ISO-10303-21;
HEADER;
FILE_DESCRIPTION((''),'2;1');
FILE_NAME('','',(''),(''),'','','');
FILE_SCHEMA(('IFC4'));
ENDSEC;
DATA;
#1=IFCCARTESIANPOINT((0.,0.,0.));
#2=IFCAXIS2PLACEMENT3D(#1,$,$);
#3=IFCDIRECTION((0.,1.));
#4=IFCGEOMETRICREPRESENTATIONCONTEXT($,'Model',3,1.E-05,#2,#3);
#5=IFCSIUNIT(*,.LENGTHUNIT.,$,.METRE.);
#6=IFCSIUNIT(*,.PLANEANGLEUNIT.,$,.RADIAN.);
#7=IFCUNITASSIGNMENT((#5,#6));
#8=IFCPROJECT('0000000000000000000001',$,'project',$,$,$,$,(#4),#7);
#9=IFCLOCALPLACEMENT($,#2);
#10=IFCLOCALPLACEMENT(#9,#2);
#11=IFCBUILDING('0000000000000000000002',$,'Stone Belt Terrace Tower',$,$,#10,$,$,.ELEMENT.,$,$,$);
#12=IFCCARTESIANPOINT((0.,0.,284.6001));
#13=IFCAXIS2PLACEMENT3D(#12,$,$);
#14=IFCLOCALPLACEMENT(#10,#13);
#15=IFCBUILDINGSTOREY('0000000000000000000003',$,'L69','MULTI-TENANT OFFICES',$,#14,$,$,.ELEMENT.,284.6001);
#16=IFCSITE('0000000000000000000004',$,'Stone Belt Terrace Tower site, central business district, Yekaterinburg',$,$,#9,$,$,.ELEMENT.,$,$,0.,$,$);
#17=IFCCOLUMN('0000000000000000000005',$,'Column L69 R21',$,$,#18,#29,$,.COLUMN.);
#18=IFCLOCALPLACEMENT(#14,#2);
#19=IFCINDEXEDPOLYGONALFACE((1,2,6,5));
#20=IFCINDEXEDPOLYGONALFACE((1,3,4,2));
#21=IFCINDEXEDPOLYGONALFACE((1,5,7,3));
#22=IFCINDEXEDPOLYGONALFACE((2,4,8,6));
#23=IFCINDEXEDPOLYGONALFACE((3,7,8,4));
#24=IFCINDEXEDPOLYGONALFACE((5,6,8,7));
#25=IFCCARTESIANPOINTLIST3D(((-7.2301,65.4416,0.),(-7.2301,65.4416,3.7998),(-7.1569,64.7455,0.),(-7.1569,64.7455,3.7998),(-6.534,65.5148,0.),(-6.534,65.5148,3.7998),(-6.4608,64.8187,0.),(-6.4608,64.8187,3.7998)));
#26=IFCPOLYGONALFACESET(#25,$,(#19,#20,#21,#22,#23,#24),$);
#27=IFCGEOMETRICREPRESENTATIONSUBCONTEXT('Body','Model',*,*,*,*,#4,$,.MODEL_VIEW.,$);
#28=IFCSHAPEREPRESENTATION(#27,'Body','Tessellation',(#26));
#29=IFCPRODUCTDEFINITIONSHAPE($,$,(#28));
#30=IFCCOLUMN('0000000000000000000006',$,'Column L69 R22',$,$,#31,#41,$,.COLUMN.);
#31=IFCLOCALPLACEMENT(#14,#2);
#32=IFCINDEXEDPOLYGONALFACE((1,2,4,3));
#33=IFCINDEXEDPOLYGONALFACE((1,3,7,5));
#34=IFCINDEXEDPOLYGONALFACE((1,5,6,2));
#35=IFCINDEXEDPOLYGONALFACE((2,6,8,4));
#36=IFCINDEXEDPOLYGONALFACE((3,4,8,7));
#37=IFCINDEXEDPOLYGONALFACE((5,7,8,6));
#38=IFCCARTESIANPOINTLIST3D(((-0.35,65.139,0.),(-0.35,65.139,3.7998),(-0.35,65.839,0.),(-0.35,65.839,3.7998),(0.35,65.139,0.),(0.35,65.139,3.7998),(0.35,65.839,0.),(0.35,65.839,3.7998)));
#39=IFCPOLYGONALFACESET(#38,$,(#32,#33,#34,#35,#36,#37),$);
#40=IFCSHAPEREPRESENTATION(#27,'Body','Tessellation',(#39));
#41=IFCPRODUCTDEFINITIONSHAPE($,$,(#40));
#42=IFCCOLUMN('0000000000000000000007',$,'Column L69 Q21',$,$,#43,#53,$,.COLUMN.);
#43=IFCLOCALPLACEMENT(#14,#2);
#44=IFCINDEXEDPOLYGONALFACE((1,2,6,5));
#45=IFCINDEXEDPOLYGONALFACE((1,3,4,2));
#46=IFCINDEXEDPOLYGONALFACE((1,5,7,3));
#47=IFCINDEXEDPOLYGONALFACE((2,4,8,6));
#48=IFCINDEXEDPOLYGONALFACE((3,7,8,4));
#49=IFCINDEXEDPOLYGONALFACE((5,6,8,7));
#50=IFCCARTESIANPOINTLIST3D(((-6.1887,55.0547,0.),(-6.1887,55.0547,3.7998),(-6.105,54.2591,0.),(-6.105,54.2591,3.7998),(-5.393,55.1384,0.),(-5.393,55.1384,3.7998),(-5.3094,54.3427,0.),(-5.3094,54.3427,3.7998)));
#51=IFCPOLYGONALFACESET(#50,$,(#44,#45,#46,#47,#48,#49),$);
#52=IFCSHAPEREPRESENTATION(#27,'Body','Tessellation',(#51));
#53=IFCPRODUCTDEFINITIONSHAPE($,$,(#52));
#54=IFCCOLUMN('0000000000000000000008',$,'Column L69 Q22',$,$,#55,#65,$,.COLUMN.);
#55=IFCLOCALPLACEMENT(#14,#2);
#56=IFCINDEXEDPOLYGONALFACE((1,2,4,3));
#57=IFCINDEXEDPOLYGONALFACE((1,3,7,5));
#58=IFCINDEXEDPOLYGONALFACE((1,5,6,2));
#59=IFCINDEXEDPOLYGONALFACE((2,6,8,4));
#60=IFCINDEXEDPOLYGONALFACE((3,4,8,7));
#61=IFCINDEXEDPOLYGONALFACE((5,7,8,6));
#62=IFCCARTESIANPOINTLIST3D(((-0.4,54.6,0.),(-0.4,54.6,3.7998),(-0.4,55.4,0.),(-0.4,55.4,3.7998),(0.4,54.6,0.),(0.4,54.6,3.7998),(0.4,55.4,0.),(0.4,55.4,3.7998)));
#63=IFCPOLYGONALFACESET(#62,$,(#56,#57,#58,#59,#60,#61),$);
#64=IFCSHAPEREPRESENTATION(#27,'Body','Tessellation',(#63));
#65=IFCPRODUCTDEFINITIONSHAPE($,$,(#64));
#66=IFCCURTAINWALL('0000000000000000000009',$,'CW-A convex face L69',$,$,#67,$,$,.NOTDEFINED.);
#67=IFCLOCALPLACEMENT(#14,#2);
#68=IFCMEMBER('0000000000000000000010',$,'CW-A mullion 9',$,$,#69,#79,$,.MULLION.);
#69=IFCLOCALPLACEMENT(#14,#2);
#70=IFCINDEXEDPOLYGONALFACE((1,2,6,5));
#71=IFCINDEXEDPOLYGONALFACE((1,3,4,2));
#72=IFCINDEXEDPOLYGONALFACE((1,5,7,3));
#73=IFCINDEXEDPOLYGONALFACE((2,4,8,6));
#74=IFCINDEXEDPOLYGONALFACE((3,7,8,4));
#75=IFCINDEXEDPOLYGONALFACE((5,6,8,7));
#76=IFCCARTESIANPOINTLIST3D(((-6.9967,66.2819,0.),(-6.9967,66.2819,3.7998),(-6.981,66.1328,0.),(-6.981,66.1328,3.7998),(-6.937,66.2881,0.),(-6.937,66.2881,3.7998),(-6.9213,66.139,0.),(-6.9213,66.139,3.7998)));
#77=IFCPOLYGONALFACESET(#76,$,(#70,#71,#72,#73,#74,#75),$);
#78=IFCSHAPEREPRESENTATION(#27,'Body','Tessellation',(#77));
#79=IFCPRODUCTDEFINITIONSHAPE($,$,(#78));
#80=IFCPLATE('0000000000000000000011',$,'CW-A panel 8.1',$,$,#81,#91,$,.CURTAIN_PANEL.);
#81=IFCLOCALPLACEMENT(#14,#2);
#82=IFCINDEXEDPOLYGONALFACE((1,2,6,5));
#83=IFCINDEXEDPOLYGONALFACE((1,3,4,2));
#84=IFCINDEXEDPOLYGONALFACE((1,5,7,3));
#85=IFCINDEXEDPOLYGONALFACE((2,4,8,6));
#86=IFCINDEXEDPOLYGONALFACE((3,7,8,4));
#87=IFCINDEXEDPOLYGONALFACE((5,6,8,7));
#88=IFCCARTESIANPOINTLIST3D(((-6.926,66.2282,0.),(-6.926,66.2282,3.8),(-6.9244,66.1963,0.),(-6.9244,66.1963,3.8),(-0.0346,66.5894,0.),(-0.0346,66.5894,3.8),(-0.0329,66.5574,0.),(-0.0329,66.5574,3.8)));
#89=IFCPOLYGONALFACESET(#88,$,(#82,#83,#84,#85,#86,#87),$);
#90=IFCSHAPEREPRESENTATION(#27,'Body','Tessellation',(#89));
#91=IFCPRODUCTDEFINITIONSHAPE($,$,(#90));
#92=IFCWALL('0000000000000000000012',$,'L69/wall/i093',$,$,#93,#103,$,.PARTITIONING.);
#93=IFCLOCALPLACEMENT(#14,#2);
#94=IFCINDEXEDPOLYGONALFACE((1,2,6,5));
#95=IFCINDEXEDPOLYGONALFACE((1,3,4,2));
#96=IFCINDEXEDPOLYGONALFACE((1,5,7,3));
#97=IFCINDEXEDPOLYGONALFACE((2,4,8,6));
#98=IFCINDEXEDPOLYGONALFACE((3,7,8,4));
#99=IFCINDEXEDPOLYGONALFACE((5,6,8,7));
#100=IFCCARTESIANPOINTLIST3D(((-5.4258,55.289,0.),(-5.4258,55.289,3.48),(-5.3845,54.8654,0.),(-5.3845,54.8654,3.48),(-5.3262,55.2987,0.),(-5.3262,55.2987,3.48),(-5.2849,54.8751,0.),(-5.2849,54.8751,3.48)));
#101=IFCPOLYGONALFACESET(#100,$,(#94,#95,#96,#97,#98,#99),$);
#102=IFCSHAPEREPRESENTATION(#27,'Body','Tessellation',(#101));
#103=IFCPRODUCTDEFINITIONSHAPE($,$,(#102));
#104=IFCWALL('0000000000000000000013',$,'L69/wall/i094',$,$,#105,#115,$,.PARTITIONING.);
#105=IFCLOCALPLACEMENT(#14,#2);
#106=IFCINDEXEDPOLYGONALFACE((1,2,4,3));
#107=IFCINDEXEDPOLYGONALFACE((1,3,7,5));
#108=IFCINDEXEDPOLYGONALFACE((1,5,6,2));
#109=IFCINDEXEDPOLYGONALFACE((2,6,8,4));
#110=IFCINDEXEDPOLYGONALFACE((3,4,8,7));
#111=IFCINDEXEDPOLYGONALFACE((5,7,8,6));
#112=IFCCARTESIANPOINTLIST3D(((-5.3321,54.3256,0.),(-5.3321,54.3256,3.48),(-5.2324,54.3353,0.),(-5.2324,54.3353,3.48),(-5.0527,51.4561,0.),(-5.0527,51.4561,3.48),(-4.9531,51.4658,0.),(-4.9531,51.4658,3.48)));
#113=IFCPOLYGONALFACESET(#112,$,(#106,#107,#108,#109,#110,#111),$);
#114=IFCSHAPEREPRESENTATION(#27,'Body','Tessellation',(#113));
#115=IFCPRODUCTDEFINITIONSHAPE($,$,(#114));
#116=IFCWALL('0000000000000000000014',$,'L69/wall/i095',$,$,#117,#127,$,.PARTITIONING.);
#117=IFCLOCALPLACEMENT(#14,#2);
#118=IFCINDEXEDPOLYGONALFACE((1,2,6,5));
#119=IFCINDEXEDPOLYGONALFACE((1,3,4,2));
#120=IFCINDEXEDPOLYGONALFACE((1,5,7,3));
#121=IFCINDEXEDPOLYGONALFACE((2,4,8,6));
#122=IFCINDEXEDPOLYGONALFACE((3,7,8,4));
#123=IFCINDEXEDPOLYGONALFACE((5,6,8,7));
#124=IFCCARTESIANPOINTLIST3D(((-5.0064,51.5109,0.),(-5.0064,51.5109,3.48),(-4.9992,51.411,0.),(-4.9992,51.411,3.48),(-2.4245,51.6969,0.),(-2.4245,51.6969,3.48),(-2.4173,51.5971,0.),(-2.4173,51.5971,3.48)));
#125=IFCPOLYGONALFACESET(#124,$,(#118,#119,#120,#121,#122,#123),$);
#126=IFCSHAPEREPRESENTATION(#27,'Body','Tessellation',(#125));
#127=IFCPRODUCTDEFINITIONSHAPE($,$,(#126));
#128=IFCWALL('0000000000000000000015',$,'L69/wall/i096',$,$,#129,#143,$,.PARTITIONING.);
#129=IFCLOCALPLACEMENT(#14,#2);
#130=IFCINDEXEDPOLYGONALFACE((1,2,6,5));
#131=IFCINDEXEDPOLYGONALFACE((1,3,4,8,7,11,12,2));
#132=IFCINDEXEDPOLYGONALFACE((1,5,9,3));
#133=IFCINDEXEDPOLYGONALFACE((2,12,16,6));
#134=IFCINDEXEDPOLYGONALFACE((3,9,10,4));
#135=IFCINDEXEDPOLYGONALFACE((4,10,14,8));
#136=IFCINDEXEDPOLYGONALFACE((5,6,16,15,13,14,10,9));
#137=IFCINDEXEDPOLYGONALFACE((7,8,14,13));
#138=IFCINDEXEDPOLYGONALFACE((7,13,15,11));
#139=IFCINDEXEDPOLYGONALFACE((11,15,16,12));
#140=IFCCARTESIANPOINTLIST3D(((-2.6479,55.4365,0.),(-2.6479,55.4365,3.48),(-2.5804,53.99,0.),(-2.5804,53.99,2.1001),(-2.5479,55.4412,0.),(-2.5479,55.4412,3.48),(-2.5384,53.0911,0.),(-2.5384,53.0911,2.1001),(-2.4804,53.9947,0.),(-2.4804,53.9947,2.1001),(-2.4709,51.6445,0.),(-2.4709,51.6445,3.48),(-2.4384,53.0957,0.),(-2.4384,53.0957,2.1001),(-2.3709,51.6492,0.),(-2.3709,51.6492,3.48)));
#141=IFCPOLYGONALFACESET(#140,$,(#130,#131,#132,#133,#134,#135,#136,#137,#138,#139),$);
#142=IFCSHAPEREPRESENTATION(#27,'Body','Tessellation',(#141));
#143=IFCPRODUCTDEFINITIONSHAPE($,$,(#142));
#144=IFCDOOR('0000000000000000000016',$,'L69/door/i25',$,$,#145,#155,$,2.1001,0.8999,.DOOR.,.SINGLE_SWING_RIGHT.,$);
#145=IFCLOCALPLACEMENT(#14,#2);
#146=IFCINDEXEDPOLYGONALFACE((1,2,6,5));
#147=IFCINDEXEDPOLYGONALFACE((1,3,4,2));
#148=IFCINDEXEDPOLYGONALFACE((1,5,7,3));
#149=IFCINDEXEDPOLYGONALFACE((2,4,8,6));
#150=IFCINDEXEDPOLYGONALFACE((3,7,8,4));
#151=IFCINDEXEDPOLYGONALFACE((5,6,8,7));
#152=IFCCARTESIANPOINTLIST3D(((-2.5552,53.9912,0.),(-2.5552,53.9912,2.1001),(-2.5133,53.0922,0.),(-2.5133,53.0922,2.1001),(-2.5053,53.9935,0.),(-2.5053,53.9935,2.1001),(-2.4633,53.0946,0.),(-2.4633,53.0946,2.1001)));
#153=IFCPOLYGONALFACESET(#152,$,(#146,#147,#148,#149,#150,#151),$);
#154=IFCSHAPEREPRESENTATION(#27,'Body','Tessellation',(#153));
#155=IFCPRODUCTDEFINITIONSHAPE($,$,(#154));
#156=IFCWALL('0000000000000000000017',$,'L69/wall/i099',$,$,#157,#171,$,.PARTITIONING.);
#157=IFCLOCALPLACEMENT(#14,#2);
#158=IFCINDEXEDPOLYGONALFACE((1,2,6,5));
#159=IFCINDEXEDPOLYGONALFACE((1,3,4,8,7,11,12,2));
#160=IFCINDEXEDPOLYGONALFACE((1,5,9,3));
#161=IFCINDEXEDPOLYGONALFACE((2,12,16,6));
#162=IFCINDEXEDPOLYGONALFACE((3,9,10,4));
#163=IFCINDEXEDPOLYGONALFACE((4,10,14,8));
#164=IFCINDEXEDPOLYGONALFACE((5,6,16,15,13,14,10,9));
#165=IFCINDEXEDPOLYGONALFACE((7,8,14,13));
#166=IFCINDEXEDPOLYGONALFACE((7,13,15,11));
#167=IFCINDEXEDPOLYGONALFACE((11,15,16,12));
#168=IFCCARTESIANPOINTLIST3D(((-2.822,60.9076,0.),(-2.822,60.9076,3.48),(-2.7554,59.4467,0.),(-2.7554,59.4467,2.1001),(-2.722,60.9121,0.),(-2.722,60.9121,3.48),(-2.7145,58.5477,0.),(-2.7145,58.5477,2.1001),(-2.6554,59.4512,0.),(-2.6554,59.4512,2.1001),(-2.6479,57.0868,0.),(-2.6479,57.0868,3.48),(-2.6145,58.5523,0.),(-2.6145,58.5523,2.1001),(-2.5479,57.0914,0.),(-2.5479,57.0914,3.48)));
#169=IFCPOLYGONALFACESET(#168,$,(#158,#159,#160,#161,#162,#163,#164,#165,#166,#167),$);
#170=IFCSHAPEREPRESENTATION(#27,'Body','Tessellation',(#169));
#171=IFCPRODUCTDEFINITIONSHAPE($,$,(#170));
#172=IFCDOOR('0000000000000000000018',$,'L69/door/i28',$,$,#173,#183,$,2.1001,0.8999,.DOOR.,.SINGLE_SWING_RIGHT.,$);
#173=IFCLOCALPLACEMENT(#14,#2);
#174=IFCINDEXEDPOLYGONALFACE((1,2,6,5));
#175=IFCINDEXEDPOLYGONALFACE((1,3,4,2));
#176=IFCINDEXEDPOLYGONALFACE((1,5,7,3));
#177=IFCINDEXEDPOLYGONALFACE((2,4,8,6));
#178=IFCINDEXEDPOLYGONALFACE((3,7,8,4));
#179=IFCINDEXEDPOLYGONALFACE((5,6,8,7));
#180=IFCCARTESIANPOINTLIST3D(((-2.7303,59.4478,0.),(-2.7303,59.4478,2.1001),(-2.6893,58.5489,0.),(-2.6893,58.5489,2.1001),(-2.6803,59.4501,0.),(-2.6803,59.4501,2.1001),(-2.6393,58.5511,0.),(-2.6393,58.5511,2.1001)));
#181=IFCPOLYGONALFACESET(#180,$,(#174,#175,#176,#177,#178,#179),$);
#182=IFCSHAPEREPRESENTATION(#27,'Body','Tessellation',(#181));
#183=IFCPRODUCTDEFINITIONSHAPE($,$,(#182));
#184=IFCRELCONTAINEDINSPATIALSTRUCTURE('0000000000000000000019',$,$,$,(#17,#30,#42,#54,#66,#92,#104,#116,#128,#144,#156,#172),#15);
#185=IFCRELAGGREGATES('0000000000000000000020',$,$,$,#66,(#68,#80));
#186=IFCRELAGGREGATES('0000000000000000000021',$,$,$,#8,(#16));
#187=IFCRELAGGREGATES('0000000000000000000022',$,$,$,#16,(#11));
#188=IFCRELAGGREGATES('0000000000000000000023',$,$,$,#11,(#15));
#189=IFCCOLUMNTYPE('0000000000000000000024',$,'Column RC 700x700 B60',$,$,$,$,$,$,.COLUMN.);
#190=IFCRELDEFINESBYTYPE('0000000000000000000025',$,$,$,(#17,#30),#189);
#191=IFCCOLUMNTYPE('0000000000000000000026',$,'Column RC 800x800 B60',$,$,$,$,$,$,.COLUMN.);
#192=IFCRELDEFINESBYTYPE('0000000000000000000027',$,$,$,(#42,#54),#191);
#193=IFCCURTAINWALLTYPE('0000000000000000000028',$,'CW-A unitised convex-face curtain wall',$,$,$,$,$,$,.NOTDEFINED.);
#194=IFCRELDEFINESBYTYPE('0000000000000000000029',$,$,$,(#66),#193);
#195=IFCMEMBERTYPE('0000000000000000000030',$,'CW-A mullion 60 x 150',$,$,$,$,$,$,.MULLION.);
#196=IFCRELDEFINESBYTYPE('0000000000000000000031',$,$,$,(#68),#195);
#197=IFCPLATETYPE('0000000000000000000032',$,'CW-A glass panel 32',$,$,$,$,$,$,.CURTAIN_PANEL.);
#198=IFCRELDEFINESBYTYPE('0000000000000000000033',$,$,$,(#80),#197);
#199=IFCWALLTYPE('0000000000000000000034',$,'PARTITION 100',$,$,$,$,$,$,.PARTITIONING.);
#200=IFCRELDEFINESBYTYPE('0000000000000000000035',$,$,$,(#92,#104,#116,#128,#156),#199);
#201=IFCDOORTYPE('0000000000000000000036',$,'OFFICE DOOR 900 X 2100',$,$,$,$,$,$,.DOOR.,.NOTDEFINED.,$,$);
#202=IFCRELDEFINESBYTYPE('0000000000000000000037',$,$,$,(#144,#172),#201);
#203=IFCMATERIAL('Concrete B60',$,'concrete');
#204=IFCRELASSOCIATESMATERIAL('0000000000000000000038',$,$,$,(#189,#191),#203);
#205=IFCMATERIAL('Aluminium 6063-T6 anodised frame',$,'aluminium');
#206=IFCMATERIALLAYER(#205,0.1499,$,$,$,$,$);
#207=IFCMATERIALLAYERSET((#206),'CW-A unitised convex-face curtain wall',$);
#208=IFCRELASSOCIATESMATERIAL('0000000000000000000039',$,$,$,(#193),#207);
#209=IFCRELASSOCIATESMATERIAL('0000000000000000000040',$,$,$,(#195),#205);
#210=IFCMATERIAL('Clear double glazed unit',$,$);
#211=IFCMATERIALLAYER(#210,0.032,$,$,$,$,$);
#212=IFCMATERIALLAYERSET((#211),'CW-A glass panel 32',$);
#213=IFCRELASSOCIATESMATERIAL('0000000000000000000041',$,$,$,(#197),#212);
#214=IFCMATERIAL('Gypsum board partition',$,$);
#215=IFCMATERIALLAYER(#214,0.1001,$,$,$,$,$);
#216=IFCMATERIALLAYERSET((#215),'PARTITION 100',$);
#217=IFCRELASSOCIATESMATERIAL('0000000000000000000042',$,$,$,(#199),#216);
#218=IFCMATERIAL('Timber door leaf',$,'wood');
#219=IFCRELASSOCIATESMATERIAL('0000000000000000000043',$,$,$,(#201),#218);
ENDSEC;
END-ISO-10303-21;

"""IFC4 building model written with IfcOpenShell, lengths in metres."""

from ifc_helpers import new_model, si_unit, direction, frame, frame_2d, origin, origin_2d, place, context, subcontext, project, spatial, rectangle, extrude, material, layer, layer_set, material_profile, profile_set, type_object, element, fill, aggregate, save


model = new_model("IFC4")

# Units and contexts
model_context = context("Model", 3, precision=1e-05, world=origin(), true_north=direction((0.0, 1.0)))
body_context = subcontext(model_context, "Body", "Model", "MODEL_VIEW")
ifc_project = project(units=[si_unit("LENGTHUNIT", "METRE"), si_unit("PLANEANGLEUNIT", "RADIAN")], contexts=[model_context])

# Site, building, storey
site_placement = place(None, origin())
site = spatial("IfcSite", under=ifc_project, at=site_placement, Name="Stone Belt Terrace Tower site, central business district, Yekaterinburg", CompositionType="ELEMENT", RefElevation=0.0)
building_placement = place(site_placement, origin())
building = spatial("IfcBuilding", under=site, at=building_placement, Name="Stone Belt Terrace Tower", CompositionType="ELEMENT")
storey_placement = place(building_placement, frame((0.0, 0.0, 284.6001)))
storey = spatial("IfcBuildingStorey", under=building, at=storey_placement, Name="L69", Description="MULTI-TENANT OFFICES", CompositionType="ELEMENT", Elevation=284.6001)

# Columns
ifc_material_1 = material(Name="Concrete B60", Category="concrete")
ifc_material_profile_1 = material_profile(ifc_material_1, rectangle(XDim=0.7, YDim=0.7, at=origin_2d()), Name="RC 700x700")
ifc_profile_set_1 = profile_set([ifc_material_profile_1], Name="Concrete B60")
column_type_1 = type_object("IfcColumnType", Name="Column RC 700x700 B60", PredefinedType="COLUMN", material=ifc_profile_set_1)
for number, where, z_axis, x_axis, name in (
    (1, (-6.8455, 65.1301, 0.0), (0.0, 0.0, 1.0), (0.994522, 0.104528, 0.0), "Column L69 R21"),
    (2, (0.0, 65.489, 0.0), (0.0, 0.0, 1.0), (1.0, 0.0, 0.0), "Column L69 R22"),
):
    element("IfcColumn", number, at=place(storey_placement, frame(where, z_axis=z_axis, x_axis=x_axis)), inside=storey, type_object=column_type_1, Name=name, PredefinedType="COLUMN", context=body_context, shape_type="SweptSolid", body=[
        extrude(rectangle(XDim=0.7, YDim=0.7, at=origin_2d()), origin(), (0.0, 0.0, 1.0), 3.7998),
    ])
ifc_material_profile_2 = material_profile(ifc_material_1, rectangle(XDim=0.8, YDim=0.8, at=origin_2d()), Name="RC 800x800")
ifc_profile_set_2 = profile_set([ifc_material_profile_2], Name="Concrete B60")
column_type_2 = type_object("IfcColumnType", Name="Column RC 800x800 B60", PredefinedType="COLUMN", material=ifc_profile_set_2)
for number, where, z_axis, x_axis, name in (
    (3, (-5.749, 54.6987, 0.0), (0.0, 0.0, 1.0), (0.994522, 0.104528, 0.0), "Column L69 Q21"),
    (4, (0.0, 55.0, 0.0), (0.0, 0.0, 1.0), (1.0, 0.0, 0.0), "Column L69 Q22"),
):
    element("IfcColumn", number, at=place(storey_placement, frame(where, z_axis=z_axis, x_axis=x_axis)), inside=storey, type_object=column_type_2, Name=name, PredefinedType="COLUMN", context=body_context, shape_type="SweptSolid", body=[
        extrude(rectangle(XDim=0.8, YDim=0.8, at=origin_2d()), origin(), (0.0, 0.0, 1.0), 3.7998),
    ])

# Curtain wall, member, plate
ifc_material_2 = material(Name="Aluminium 6063-T6 anodised frame", Category="aluminium")
ifc_layer_1 = layer(ifc_material_2, 0.1499)
ifc_layer_set_1 = layer_set([ifc_layer_1], Name="CW-A unitised convex-face curtain wall")
curtain_wall_type = type_object("IfcCurtainWallType", Name="CW-A unitised convex-face curtain wall", PredefinedType="NOTDEFINED", material=ifc_layer_set_1)
curtain_wall_placement = place(storey_placement, origin())
curtain_wall = element("IfcCurtainWall", 5, at=curtain_wall_placement, inside=storey, type_object=curtain_wall_type, Name="CW-A convex face L69", PredefinedType="NOTDEFINED")
ifc_material_profile_3 = material_profile(ifc_material_2, rectangle(XDim=0.1499, YDim=0.0601, at=origin_2d()), Name="Aluminium 6063-T6 60x150")
ifc_profile_set_3 = profile_set([ifc_material_profile_3], Name="Aluminium 6063-T6 anodised frame")
member_type = type_object("IfcMemberType", Name="CW-A mullion 60 x 150", PredefinedType="MULLION", material=ifc_profile_set_3)
member_placement = place(storey_placement, frame((-6.959, 66.2104, 0.0), z_axis=(0.0, 0.0, 1.0), x_axis=(0.104528, -0.994522, 0.0)))
member = element("IfcMember", 6, at=member_placement, type_object=member_type, Name="CW-A mullion 9", PredefinedType="MULLION", context=body_context, shape_type="SweptSolid", body=[
    extrude(rectangle(XDim=0.1499, YDim=0.0601, at=origin_2d()), origin(), (0.0, 0.0, 1.0), 3.7998),
])
ifc_material_3 = material(Name="Clear double glazed unit")
ifc_layer_2 = layer(ifc_material_3, 0.032)
ifc_layer_set_2 = layer_set([ifc_layer_2], Name="CW-A glass panel 32")
plate_type = type_object("IfcPlateType", Name="CW-A glass panel 32", PredefinedType="CURTAIN_PANEL", material=ifc_layer_set_2)
plate_placement = place(storey_placement, frame((-3.4795, 66.3928, 0.0), z_axis=(0.0, 0.0, 1.0), x_axis=(-0.99863, -0.052336, 0.0)))
plate = element("IfcPlate", 7, at=plate_placement, type_object=plate_type, Name="CW-A panel 8.1", PredefinedType="CURTAIN_PANEL", context=body_context, shape_type="SweptSolid", body=[
    extrude(rectangle(XDim=6.9009, YDim=0.032, at=origin_2d()), origin(), (0.0, 0.0, 1.0), 3.8),
])
aggregate(curtain_wall, [member, plate])

# Walls
ifc_material_4 = material(Name="Gypsum board partition")
ifc_layer_3 = layer(ifc_material_4, 0.1001)
ifc_layer_set_3 = layer_set([ifc_layer_3], Name="PARTITION 100")
wall_type_1 = type_object("IfcWallType", Name="PARTITION 100", PredefinedType="PARTITIONING", material=ifc_layer_set_3)
wall_1_placement = place(storey_placement, frame((-5.376, 55.2939, 0.0), z_axis=(0.0, 0.0, 1.0), x_axis=(0.096948, -0.995289, 0.0)))
element("IfcWall", 8, at=wall_1_placement, inside=storey, type_object=wall_type_1, Name="L69/wall/i093", PredefinedType="PARTITIONING", context=body_context, shape_type="SweptSolid", body=[
    extrude(rectangle(XDim=0.4255, YDim=0.1001, at=frame_2d((0.2129, 0.0))), origin(), (0.0, 0.0, 1.0), 3.48),
])
wall_2_placement = place(storey_placement, frame((-5.2822, 54.3303, 0.0), z_axis=(0.0, 0.0, 1.0), x_axis=(0.096879, -0.995296, 0.0)))
element("IfcWall", 9, at=wall_2_placement, inside=storey, type_object=wall_type_1, Name="L69/wall/i094", PredefinedType="PARTITIONING", context=body_context, shape_type="SweptSolid", body=[
    extrude(rectangle(XDim=2.8831, YDim=0.1001, at=frame_2d((1.4414, 0.0))), origin(), (0.0, 0.0, 1.0), 3.48),
])
wall_3_placement = place(storey_placement, frame((-5.0029, 51.4609, 0.0), z_axis=(0.0, 0.0, 1.0), x_axis=(0.997414, 0.071864, 0.0)))
element("IfcWall", 10, at=wall_3_placement, inside=storey, type_object=wall_type_1, Name="L69/wall/i095", PredefinedType="PARTITIONING", context=body_context, shape_type="SweptSolid", body=[
    extrude(rectangle(XDim=2.5886, YDim=0.1001, at=frame_2d((1.2944, 0.0))), origin(), (0.0, 0.0, 1.0), 3.48),
])

# Walls, openings, doors
wall_4_placement = place(storey_placement, frame((-2.4209, 51.647, 0.0), z_axis=(0.0, 0.0, 1.0), x_axis=(-0.046627, 0.998912, 0.0)))
wall_4 = element("IfcWall", 11, at=wall_4_placement, inside=storey, type_object=wall_type_1, Name="L69/wall/i096", PredefinedType="PARTITIONING", context=body_context, shape_type="SweptSolid", body=[
    extrude(rectangle(XDim=3.7961, YDim=0.1001, at=frame_2d((1.8979, 0.0))), origin(), (0.0, 0.0, 1.0), 3.48),
])
opening_1_placement = place(wall_4_placement, frame((1.448, 0.0, 0.0)))
opening_1 = element("IfcOpeningElement", 12, at=opening_1_placement, cuts=wall_4, PredefinedType="OPENING", context=body_context, shape_type="SweptSolid", body=[
    extrude(rectangle(XDim=0.8999, YDim=2.1001, at=frame_2d((0.45, 1.05))), frame((0.0, 0.0601, 0.0), z_axis=(0.0, -1.0, 0.0), x_axis=(1.0, 0.0, 0.0)), (0.0, 0.0, 1.0), 0.1201),
])
ifc_material_5 = material(Name="Timber door leaf", Category="wood")
door_type = type_object("IfcDoorType", Name="OFFICE DOOR 900 X 2100", OperationType="NOTDEFINED", PredefinedType="DOOR", material=ifc_material_5)
door_1_placement = place(opening_1_placement, origin())
door_1 = element("IfcDoor", 13, at=door_1_placement, inside=storey, type_object=door_type, Name="L69/door/i25", OperationType="SINGLE_SWING_RIGHT", OverallHeight=2.1001, OverallWidth=0.8999, PredefinedType="DOOR", context=body_context, shape_type="SweptSolid", body=[
    extrude(rectangle(XDim=0.8999, YDim=2.1001, at=frame_2d((0.45, 1.05))), frame((0.0, 0.0249, 0.0), z_axis=(0.0, -1.0, 0.0), x_axis=(1.0, 0.0, 0.0)), (0.0, 0.0, 1.0), 0.05),
])
fill(opening_1, door_1)
wall_5_placement = place(storey_placement, frame((-2.5979, 57.0891, 0.0), z_axis=(0.0, 0.0, 1.0), x_axis=(-0.045512, 0.998964, 0.0)))
wall_5 = element("IfcWall", 14, at=wall_5_placement, inside=storey, type_object=wall_type_1, Name="L69/wall/i099", PredefinedType="PARTITIONING", context=body_context, shape_type="SweptSolid", body=[
    extrude(rectangle(XDim=3.8247, YDim=0.1001, at=frame_2d((1.9124, 0.0))), origin(), (0.0, 0.0, 1.0), 3.48),
])
opening_2_placement = place(wall_5_placement, frame((1.4624, 0.0, 0.0)))
opening_2 = element("IfcOpeningElement", 15, at=opening_2_placement, cuts=wall_5, PredefinedType="OPENING", context=body_context, shape_type="SweptSolid", body=[
    extrude(rectangle(XDim=0.8999, YDim=2.1001, at=frame_2d((0.45, 1.05))), frame((0.0, 0.0601, 0.0), z_axis=(0.0, -1.0, 0.0), x_axis=(1.0, 0.0, 0.0)), (0.0, 0.0, 1.0), 0.1201),
])
door_2_placement = place(opening_2_placement, origin())
door_2 = element("IfcDoor", 16, at=door_2_placement, inside=storey, type_object=door_type, Name="L69/door/i28", OperationType="SINGLE_SWING_RIGHT", OverallHeight=2.1001, OverallWidth=0.8999, PredefinedType="DOOR", context=body_context, shape_type="SweptSolid", body=[
    extrude(rectangle(XDim=0.8999, YDim=2.1001, at=frame_2d((0.45, 1.05))), frame((0.0, 0.0249, 0.0), z_axis=(0.0, -1.0, 0.0), x_axis=(1.0, 0.0, 0.0)), (0.0, 0.0, 1.0), 0.05),
])
fill(opening_2, door_2)

save(model, "model.ifc")
